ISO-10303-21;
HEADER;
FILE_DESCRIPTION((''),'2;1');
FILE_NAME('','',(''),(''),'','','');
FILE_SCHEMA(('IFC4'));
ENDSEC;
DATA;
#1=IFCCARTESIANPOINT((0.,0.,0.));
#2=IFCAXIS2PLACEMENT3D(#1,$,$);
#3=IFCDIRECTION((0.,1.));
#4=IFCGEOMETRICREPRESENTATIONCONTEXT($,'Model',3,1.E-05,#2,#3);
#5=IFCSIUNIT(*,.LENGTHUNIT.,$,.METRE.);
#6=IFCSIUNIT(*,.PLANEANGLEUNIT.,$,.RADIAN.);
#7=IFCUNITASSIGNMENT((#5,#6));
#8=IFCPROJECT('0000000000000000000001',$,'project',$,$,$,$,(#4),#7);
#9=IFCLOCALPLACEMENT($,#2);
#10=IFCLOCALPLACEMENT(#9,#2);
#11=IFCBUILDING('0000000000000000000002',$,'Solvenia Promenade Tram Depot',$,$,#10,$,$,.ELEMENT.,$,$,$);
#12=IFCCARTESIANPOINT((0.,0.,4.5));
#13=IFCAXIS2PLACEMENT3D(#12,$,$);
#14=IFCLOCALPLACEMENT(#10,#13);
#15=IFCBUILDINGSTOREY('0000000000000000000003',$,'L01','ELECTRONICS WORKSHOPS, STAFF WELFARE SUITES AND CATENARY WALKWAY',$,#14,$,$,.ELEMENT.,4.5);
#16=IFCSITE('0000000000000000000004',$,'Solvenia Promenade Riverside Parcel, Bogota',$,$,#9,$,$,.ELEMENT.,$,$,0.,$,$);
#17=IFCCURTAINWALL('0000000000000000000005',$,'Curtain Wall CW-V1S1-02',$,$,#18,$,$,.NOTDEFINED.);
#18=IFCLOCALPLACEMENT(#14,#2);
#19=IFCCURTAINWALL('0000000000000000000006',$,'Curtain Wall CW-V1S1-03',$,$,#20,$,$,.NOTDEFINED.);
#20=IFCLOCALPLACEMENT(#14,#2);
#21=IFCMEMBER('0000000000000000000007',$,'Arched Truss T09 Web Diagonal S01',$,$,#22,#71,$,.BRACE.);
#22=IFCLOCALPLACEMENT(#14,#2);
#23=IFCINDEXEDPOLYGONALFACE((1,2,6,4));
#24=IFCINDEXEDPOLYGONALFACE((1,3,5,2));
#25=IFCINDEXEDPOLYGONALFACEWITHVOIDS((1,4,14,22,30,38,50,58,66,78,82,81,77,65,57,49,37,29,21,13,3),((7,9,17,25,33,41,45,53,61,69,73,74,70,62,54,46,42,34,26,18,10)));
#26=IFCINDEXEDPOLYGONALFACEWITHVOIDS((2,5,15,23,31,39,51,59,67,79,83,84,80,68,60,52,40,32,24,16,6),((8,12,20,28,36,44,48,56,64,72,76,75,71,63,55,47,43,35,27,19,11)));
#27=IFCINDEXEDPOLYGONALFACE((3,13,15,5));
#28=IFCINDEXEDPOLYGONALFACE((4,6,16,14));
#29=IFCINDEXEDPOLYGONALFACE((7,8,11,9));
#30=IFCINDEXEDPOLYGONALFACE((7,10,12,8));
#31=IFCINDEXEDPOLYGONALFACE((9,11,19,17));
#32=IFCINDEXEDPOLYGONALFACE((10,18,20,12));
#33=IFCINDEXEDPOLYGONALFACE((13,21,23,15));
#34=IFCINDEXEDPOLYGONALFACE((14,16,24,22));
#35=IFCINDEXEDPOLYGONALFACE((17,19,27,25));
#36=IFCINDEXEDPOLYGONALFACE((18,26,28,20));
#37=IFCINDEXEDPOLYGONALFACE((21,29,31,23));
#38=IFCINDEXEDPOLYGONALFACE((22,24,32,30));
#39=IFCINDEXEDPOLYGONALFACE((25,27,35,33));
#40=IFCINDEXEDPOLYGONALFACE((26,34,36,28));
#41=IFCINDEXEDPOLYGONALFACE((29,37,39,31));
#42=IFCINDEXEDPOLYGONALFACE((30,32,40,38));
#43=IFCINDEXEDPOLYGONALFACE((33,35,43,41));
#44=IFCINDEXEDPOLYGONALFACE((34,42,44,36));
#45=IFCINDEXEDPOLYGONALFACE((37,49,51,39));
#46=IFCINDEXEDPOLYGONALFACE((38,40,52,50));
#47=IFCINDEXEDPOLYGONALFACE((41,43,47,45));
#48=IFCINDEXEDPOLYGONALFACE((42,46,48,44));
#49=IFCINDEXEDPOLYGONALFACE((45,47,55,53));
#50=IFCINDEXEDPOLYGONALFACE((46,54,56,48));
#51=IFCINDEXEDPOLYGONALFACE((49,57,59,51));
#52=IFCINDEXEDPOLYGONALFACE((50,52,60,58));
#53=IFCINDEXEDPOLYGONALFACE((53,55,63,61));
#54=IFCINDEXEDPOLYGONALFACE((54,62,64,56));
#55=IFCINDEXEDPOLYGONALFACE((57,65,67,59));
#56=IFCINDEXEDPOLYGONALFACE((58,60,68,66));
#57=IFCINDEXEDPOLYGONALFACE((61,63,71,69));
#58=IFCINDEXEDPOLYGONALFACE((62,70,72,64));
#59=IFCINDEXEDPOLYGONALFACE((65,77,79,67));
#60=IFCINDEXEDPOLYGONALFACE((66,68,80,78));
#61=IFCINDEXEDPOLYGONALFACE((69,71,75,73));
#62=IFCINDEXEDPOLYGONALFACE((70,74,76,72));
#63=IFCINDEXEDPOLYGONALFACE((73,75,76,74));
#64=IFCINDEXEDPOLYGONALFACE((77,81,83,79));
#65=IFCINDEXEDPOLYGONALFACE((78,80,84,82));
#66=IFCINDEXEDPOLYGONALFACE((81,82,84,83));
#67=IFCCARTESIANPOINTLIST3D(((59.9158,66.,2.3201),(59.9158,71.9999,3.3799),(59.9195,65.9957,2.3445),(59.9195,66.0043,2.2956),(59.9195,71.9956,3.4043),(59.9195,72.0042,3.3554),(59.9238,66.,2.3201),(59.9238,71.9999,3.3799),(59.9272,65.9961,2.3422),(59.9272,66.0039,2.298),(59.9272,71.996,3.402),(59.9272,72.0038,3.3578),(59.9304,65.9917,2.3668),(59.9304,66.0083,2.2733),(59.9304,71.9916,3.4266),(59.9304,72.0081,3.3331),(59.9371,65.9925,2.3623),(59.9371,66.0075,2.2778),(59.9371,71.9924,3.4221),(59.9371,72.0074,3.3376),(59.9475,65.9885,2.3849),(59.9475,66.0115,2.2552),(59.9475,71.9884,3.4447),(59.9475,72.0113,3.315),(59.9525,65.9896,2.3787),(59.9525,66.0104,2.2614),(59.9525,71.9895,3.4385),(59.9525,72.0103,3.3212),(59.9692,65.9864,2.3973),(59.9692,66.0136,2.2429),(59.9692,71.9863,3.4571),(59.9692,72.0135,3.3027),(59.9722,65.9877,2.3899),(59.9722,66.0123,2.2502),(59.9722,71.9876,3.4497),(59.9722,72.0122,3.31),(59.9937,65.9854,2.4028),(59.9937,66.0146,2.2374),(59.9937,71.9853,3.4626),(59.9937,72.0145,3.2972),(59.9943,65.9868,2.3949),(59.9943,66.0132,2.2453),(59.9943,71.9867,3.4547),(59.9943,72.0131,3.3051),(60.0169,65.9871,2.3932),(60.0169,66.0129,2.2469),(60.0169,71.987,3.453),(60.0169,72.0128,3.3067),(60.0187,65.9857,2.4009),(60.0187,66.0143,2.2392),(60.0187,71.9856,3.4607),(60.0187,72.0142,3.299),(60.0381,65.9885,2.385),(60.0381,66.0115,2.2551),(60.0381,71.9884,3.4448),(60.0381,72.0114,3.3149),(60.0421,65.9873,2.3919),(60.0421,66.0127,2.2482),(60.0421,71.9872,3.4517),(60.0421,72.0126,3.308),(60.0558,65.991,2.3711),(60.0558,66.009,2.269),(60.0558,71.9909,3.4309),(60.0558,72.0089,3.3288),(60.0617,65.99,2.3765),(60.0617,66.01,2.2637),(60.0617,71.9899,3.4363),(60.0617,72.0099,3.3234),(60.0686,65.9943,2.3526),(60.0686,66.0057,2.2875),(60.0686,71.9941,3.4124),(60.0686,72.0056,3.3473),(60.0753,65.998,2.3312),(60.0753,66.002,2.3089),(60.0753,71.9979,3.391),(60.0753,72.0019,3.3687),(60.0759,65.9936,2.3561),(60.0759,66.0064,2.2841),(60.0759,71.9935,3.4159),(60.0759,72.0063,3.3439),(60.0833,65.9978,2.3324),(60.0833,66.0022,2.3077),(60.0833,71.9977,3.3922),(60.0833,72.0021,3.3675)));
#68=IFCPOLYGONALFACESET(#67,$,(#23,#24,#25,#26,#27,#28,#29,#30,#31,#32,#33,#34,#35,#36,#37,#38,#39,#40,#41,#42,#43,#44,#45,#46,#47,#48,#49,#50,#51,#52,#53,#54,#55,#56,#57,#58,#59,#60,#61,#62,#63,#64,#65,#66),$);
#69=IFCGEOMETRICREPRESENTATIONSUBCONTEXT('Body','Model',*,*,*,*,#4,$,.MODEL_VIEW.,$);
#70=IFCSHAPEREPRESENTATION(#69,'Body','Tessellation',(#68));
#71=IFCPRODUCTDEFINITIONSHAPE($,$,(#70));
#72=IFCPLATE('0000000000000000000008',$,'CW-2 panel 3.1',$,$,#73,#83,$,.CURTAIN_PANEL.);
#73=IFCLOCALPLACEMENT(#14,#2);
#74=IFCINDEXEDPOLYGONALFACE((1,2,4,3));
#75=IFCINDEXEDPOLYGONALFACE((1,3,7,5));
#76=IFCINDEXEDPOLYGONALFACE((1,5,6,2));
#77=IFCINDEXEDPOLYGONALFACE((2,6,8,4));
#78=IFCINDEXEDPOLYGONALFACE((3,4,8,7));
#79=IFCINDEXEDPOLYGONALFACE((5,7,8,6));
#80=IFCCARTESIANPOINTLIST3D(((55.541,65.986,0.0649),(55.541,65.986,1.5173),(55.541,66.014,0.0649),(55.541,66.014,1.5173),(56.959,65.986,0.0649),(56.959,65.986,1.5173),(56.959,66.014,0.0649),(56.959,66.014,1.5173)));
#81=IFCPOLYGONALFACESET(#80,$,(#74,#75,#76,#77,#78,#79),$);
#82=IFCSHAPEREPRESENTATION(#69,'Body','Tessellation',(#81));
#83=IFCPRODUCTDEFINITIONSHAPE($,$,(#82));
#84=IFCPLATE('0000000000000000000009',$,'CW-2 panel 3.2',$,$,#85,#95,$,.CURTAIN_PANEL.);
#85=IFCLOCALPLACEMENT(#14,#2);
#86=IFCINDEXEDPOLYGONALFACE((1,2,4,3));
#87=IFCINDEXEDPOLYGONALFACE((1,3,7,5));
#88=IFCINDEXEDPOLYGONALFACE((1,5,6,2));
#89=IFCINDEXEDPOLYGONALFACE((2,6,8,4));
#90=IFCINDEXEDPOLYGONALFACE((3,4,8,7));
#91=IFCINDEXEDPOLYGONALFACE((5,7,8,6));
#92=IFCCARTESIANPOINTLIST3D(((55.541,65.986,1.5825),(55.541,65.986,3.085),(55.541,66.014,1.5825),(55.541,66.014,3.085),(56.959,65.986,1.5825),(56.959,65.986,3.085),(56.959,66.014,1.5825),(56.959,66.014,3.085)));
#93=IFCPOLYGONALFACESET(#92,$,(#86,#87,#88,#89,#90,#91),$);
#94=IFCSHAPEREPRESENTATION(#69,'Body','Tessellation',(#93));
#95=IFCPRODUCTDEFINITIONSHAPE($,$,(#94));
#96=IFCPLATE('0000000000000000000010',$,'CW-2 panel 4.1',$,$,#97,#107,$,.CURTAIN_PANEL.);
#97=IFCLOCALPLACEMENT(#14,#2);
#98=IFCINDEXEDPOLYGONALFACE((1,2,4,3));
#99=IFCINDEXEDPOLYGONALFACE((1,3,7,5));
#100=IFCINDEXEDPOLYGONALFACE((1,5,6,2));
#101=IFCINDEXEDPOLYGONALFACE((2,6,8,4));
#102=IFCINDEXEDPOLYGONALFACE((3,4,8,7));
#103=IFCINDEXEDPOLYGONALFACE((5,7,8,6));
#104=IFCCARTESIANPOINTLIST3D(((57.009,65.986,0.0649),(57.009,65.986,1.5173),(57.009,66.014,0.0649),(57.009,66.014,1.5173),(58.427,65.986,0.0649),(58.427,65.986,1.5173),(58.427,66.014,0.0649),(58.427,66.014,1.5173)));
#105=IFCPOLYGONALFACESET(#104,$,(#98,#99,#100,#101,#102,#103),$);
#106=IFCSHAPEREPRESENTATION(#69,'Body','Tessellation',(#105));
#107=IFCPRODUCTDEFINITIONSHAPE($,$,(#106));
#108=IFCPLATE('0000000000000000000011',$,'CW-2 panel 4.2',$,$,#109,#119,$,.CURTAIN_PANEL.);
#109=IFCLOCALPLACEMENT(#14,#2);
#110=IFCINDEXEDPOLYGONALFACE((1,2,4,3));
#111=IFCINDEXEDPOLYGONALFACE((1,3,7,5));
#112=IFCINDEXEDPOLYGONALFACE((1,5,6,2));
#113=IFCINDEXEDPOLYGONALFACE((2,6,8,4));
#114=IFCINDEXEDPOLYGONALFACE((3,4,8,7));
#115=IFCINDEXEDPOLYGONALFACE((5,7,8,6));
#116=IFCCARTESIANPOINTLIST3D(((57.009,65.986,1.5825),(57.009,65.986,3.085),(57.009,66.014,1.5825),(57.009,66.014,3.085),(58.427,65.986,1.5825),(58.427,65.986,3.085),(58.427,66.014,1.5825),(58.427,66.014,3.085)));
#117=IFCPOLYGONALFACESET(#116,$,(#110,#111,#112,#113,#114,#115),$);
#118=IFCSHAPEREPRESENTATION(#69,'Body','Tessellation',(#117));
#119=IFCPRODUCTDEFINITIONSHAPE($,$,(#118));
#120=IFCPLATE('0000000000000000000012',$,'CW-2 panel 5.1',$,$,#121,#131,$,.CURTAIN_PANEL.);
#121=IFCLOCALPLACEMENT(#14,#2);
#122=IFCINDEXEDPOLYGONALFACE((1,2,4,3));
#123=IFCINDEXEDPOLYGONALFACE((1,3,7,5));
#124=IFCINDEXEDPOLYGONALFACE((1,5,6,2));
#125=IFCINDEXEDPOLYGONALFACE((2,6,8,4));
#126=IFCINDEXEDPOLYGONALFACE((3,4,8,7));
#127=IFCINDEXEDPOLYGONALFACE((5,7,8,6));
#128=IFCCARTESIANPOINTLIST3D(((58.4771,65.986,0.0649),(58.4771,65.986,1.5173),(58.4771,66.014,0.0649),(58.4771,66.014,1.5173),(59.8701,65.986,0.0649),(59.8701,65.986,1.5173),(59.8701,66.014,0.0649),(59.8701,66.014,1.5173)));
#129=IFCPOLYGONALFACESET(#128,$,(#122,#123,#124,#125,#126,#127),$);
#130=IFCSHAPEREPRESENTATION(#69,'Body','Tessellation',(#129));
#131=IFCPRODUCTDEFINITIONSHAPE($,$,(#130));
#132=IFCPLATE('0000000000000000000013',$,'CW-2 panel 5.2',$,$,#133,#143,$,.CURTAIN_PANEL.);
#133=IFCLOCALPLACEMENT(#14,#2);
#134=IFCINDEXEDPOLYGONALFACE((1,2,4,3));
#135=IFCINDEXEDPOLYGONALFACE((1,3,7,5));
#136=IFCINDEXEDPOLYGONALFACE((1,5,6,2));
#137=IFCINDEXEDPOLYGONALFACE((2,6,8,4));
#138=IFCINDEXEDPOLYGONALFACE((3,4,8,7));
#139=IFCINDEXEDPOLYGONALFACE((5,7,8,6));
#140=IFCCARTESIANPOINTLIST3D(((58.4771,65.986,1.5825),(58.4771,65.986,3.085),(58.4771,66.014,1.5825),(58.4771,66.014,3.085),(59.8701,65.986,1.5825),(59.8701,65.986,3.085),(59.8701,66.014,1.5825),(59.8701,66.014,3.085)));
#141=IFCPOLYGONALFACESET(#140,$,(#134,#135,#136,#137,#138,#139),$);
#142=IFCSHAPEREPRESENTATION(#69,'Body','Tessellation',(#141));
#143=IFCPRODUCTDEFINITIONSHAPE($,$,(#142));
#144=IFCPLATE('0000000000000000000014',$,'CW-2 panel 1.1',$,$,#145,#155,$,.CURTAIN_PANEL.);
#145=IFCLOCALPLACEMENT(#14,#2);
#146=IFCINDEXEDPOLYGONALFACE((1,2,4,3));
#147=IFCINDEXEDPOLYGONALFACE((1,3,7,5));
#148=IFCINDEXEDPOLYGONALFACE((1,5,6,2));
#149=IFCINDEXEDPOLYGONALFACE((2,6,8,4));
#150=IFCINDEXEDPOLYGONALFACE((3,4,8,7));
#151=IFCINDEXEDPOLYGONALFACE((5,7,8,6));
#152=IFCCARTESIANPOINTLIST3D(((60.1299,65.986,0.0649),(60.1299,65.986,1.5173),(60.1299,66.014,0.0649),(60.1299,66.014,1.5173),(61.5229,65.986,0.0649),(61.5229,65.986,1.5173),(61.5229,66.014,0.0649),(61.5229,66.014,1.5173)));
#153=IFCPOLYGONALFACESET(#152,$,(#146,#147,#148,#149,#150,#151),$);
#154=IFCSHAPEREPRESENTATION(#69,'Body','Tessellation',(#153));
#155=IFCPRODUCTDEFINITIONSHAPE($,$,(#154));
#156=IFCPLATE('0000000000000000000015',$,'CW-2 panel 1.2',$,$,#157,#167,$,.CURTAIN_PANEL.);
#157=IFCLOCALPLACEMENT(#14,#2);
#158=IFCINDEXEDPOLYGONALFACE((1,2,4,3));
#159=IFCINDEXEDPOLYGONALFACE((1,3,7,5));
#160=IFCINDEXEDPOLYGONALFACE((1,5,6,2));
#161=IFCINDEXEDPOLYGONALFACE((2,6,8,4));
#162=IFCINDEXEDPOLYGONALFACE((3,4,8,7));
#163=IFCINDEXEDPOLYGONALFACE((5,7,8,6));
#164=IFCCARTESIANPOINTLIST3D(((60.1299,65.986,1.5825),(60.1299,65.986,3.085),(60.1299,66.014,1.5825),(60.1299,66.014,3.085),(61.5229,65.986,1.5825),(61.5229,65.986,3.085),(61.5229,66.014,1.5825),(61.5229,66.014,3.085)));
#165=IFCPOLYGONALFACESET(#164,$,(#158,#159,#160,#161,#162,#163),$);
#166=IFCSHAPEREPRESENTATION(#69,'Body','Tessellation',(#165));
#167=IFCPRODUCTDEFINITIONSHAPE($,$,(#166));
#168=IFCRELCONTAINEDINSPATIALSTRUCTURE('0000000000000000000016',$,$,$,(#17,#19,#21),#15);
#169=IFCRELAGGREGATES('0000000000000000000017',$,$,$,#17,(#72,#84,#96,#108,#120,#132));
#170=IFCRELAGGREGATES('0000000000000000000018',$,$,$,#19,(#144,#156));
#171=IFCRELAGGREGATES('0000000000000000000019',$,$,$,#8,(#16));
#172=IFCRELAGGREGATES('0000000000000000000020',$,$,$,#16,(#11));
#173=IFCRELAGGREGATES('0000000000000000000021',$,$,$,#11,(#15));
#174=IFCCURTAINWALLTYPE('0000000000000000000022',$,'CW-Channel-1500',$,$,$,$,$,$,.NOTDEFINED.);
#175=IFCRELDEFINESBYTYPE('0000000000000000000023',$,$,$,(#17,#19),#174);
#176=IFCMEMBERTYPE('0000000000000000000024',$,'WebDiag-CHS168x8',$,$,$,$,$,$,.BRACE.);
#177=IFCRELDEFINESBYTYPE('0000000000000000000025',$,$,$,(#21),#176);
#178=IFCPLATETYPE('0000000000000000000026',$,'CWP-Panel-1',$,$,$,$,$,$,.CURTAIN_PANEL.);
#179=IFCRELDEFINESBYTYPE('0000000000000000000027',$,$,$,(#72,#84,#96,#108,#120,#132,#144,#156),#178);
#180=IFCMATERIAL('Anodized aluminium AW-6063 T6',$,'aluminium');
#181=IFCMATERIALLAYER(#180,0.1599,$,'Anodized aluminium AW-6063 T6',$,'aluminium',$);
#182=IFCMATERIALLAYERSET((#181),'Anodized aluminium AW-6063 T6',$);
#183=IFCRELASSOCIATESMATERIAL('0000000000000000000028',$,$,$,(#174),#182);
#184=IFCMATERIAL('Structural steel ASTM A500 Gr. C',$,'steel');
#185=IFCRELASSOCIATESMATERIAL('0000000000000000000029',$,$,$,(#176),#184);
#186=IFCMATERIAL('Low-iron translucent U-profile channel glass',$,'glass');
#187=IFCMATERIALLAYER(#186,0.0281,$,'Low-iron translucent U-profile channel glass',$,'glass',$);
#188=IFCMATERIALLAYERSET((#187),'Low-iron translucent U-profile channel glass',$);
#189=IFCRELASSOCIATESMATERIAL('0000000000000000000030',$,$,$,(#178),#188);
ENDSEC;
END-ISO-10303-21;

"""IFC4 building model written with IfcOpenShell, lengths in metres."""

from ifc_helpers import new_model, si_unit, direction, frame, origin, origin_2d, place, context, subcontext, project, spatial, rectangle, hollow_circle, extrude, material, layer, layer_set, material_profile, profile_set, type_object, element, aggregate, save


model = new_model("IFC4")

# Units and contexts
model_context = context("Model", 3, precision=1e-05, world=origin(), true_north=direction((0.0, 1.0)))
body_context = subcontext(model_context, "Body", "Model", "MODEL_VIEW")
ifc_project = project(units=[si_unit("LENGTHUNIT", "METRE"), si_unit("PLANEANGLEUNIT", "RADIAN")], contexts=[model_context])

# Site, building, storey
site_placement = place(None, origin())
site = spatial("IfcSite", under=ifc_project, at=site_placement, Name="Solvenia Promenade Riverside Parcel, Bogota", CompositionType="ELEMENT", RefElevation=0.0)
building_placement = place(site_placement, origin())
building = spatial("IfcBuilding", under=site, at=building_placement, Name="Solvenia Promenade Tram Depot", CompositionType="ELEMENT")
storey_placement = place(building_placement, frame((0.0, 0.0, 4.5)))
storey = spatial("IfcBuildingStorey", under=building, at=storey_placement, Name="L01", Description="ELECTRONICS WORKSHOPS, STAFF WELFARE SUITES AND CATENARY WALKWAY", CompositionType="ELEMENT", Elevation=4.5)

# Curtain wall
ifc_material_1 = material(Name="Anodized aluminium AW-6063 T6", Category="aluminium")
ifc_layer_1 = layer(ifc_material_1, 0.1599, Name="Anodized aluminium AW-6063 T6", Category="aluminium")
ifc_layer_set_1 = layer_set([ifc_layer_1], Name="Anodized aluminium AW-6063 T6")
curtain_wall_type = type_object("IfcCurtainWallType", Name="CW-Channel-1500", PredefinedType="NOTDEFINED", material=ifc_layer_set_1)
curtain_wall_1_placement = place(storey_placement, origin())
curtain_wall_1 = element("IfcCurtainWall", 1, at=curtain_wall_1_placement, inside=storey, type_object=curtain_wall_type, Name="Curtain Wall CW-V1S1-02", PredefinedType="NOTDEFINED")

# Curtain wall
curtain_wall_2_placement = place(storey_placement, origin())
curtain_wall_2 = element("IfcCurtainWall", 2, at=curtain_wall_2_placement, inside=storey, type_object=curtain_wall_type, Name="Curtain Wall CW-V1S1-03", PredefinedType="NOTDEFINED")

# Shared definitions
ifc_material_2 = material(Name="Structural steel ASTM A500 Gr. C", Category="steel")

# Member
ifc_material_profile_1 = material_profile(ifc_material_2, hollow_circle(Radius=0.0842, WallThickness=0.0081, at=origin_2d()), Name="CHS168.3x8", Category="steel")
ifc_profile_set_1 = profile_set([ifc_material_profile_1], Name="Structural steel ASTM A500 Gr. C")
member_type_1 = type_object("IfcMemberType", Name="WebDiag-CHS168x8", PredefinedType="BRACE", material=ifc_profile_set_1)
member_1_placement = place(storey_placement, frame((60.0, 66.0, 2.3201), z_axis=(0.0, 0.984756, 0.173943), x_axis=(-1.0, 0.0, 0.0)))
element("IfcMember", 3, at=member_1_placement, inside=storey, type_object=member_type_1, Name="Arched Truss T09 Web Diagonal S01", PredefinedType="BRACE", context=body_context, shape_type="SweptSolid", body=[
    extrude(hollow_circle(Radius=0.0842, WallThickness=0.0081, at=origin_2d()), origin(), (0.0, 0.0, 1.0), 6.0928),
])

# Plates
ifc_material_3 = material(Name="Low-iron translucent U-profile channel glass", Category="glass")
ifc_layer_2 = layer(ifc_material_3, 0.0281, Name="Low-iron translucent U-profile channel glass", Category="glass")
ifc_layer_set_2 = layer_set([ifc_layer_2], Name="Low-iron translucent U-profile channel glass")
plate_type = type_object("IfcPlateType", Name="CWP-Panel-1", PredefinedType="CURTAIN_PANEL", material=ifc_layer_set_2)
plate_1_placement = place(storey_placement, frame((56.25, 66.0, 0.0649), z_axis=(0.0, 0.0, 1.0), x_axis=(1.0, 0.0, 0.0)))
plate_1 = element("IfcPlate", 4, at=plate_1_placement, type_object=plate_type, Name="CW-2 panel 3.1", PredefinedType="CURTAIN_PANEL", context=body_context, shape_type="SweptSolid", body=[
    extrude(rectangle(XDim=1.418, YDim=0.0281, at=origin_2d()), origin(), (0.0, 0.0, 1.0), 1.4524),
])
plate_2_placement = place(storey_placement, frame((56.25, 66.0, 1.5825), z_axis=(0.0, 0.0, 1.0), x_axis=(1.0, 0.0, 0.0)))
plate_2 = element("IfcPlate", 5, at=plate_2_placement, type_object=plate_type, Name="CW-2 panel 3.2", PredefinedType="CURTAIN_PANEL", context=body_context, shape_type="SweptSolid", body=[
    extrude(rectangle(XDim=1.418, YDim=0.0281, at=origin_2d()), origin(), (0.0, 0.0, 1.0), 1.5024),
])
plate_3_placement = place(storey_placement, frame((57.718, 66.0, 0.0649), z_axis=(0.0, 0.0, 1.0), x_axis=(1.0, 0.0, 0.0)))
plate_3 = element("IfcPlate", 6, at=plate_3_placement, type_object=plate_type, Name="CW-2 panel 4.1", PredefinedType="CURTAIN_PANEL", context=body_context, shape_type="SweptSolid", body=[
    extrude(rectangle(XDim=1.418, YDim=0.0281, at=origin_2d()), origin(), (0.0, 0.0, 1.0), 1.4524),
])
plate_4_placement = place(storey_placement, frame((57.718, 66.0, 1.5825), z_axis=(0.0, 0.0, 1.0), x_axis=(1.0, 0.0, 0.0)))
plate_4 = element("IfcPlate", 7, at=plate_4_placement, type_object=plate_type, Name="CW-2 panel 4.2", PredefinedType="CURTAIN_PANEL", context=body_context, shape_type="SweptSolid", body=[
    extrude(rectangle(XDim=1.418, YDim=0.0281, at=origin_2d()), origin(), (0.0, 0.0, 1.0), 1.5024),
])
plate_5_placement = place(storey_placement, frame((59.1736, 66.0, 0.0649), z_axis=(0.0, 0.0, 1.0), x_axis=(1.0, 0.0, 0.0)))
plate_5 = element("IfcPlate", 8, at=plate_5_placement, type_object=plate_type, Name="CW-2 panel 5.1", PredefinedType="CURTAIN_PANEL", context=body_context, shape_type="SweptSolid", body=[
    extrude(rectangle(XDim=1.3931, YDim=0.0281, at=origin_2d()), origin(), (0.0, 0.0, 1.0), 1.4524),
])
plate_6_placement = place(storey_placement, frame((59.1736, 66.0, 1.5825), z_axis=(0.0, 0.0, 1.0), x_axis=(1.0, 0.0, 0.0)))
plate_6 = element("IfcPlate", 9, at=plate_6_placement, type_object=plate_type, Name="CW-2 panel 5.2", PredefinedType="CURTAIN_PANEL", context=body_context, shape_type="SweptSolid", body=[
    extrude(rectangle(XDim=1.3931, YDim=0.0281, at=origin_2d()), origin(), (0.0, 0.0, 1.0), 1.5024),
])
aggregate(curtain_wall_1, [plate_1, plate_2, plate_3, plate_4, plate_5, plate_6])
plate_7_placement = place(storey_placement, frame((60.8264, 66.0, 0.0649), z_axis=(0.0, 0.0, 1.0), x_axis=(1.0, 0.0, 0.0)))
plate_7 = element("IfcPlate", 10, at=plate_7_placement, type_object=plate_type, Name="CW-2 panel 1.1", PredefinedType="CURTAIN_PANEL", context=body_context, shape_type="SweptSolid", body=[
    extrude(rectangle(XDim=1.3931, YDim=0.0281, at=origin_2d()), origin(), (0.0, 0.0, 1.0), 1.4524),
])
plate_8_placement = place(storey_placement, frame((60.8264, 66.0, 1.5825), z_axis=(0.0, 0.0, 1.0), x_axis=(1.0, 0.0, 0.0)))
plate_8 = element("IfcPlate", 11, at=plate_8_placement, type_object=plate_type, Name="CW-2 panel 1.2", PredefinedType="CURTAIN_PANEL", context=body_context, shape_type="SweptSolid", body=[
    extrude(rectangle(XDim=1.3931, YDim=0.0281, at=origin_2d()), origin(), (0.0, 0.0, 1.0), 1.5024),
])
aggregate(curtain_wall_2, [plate_7, plate_8])

save(model, "model.ifc")
